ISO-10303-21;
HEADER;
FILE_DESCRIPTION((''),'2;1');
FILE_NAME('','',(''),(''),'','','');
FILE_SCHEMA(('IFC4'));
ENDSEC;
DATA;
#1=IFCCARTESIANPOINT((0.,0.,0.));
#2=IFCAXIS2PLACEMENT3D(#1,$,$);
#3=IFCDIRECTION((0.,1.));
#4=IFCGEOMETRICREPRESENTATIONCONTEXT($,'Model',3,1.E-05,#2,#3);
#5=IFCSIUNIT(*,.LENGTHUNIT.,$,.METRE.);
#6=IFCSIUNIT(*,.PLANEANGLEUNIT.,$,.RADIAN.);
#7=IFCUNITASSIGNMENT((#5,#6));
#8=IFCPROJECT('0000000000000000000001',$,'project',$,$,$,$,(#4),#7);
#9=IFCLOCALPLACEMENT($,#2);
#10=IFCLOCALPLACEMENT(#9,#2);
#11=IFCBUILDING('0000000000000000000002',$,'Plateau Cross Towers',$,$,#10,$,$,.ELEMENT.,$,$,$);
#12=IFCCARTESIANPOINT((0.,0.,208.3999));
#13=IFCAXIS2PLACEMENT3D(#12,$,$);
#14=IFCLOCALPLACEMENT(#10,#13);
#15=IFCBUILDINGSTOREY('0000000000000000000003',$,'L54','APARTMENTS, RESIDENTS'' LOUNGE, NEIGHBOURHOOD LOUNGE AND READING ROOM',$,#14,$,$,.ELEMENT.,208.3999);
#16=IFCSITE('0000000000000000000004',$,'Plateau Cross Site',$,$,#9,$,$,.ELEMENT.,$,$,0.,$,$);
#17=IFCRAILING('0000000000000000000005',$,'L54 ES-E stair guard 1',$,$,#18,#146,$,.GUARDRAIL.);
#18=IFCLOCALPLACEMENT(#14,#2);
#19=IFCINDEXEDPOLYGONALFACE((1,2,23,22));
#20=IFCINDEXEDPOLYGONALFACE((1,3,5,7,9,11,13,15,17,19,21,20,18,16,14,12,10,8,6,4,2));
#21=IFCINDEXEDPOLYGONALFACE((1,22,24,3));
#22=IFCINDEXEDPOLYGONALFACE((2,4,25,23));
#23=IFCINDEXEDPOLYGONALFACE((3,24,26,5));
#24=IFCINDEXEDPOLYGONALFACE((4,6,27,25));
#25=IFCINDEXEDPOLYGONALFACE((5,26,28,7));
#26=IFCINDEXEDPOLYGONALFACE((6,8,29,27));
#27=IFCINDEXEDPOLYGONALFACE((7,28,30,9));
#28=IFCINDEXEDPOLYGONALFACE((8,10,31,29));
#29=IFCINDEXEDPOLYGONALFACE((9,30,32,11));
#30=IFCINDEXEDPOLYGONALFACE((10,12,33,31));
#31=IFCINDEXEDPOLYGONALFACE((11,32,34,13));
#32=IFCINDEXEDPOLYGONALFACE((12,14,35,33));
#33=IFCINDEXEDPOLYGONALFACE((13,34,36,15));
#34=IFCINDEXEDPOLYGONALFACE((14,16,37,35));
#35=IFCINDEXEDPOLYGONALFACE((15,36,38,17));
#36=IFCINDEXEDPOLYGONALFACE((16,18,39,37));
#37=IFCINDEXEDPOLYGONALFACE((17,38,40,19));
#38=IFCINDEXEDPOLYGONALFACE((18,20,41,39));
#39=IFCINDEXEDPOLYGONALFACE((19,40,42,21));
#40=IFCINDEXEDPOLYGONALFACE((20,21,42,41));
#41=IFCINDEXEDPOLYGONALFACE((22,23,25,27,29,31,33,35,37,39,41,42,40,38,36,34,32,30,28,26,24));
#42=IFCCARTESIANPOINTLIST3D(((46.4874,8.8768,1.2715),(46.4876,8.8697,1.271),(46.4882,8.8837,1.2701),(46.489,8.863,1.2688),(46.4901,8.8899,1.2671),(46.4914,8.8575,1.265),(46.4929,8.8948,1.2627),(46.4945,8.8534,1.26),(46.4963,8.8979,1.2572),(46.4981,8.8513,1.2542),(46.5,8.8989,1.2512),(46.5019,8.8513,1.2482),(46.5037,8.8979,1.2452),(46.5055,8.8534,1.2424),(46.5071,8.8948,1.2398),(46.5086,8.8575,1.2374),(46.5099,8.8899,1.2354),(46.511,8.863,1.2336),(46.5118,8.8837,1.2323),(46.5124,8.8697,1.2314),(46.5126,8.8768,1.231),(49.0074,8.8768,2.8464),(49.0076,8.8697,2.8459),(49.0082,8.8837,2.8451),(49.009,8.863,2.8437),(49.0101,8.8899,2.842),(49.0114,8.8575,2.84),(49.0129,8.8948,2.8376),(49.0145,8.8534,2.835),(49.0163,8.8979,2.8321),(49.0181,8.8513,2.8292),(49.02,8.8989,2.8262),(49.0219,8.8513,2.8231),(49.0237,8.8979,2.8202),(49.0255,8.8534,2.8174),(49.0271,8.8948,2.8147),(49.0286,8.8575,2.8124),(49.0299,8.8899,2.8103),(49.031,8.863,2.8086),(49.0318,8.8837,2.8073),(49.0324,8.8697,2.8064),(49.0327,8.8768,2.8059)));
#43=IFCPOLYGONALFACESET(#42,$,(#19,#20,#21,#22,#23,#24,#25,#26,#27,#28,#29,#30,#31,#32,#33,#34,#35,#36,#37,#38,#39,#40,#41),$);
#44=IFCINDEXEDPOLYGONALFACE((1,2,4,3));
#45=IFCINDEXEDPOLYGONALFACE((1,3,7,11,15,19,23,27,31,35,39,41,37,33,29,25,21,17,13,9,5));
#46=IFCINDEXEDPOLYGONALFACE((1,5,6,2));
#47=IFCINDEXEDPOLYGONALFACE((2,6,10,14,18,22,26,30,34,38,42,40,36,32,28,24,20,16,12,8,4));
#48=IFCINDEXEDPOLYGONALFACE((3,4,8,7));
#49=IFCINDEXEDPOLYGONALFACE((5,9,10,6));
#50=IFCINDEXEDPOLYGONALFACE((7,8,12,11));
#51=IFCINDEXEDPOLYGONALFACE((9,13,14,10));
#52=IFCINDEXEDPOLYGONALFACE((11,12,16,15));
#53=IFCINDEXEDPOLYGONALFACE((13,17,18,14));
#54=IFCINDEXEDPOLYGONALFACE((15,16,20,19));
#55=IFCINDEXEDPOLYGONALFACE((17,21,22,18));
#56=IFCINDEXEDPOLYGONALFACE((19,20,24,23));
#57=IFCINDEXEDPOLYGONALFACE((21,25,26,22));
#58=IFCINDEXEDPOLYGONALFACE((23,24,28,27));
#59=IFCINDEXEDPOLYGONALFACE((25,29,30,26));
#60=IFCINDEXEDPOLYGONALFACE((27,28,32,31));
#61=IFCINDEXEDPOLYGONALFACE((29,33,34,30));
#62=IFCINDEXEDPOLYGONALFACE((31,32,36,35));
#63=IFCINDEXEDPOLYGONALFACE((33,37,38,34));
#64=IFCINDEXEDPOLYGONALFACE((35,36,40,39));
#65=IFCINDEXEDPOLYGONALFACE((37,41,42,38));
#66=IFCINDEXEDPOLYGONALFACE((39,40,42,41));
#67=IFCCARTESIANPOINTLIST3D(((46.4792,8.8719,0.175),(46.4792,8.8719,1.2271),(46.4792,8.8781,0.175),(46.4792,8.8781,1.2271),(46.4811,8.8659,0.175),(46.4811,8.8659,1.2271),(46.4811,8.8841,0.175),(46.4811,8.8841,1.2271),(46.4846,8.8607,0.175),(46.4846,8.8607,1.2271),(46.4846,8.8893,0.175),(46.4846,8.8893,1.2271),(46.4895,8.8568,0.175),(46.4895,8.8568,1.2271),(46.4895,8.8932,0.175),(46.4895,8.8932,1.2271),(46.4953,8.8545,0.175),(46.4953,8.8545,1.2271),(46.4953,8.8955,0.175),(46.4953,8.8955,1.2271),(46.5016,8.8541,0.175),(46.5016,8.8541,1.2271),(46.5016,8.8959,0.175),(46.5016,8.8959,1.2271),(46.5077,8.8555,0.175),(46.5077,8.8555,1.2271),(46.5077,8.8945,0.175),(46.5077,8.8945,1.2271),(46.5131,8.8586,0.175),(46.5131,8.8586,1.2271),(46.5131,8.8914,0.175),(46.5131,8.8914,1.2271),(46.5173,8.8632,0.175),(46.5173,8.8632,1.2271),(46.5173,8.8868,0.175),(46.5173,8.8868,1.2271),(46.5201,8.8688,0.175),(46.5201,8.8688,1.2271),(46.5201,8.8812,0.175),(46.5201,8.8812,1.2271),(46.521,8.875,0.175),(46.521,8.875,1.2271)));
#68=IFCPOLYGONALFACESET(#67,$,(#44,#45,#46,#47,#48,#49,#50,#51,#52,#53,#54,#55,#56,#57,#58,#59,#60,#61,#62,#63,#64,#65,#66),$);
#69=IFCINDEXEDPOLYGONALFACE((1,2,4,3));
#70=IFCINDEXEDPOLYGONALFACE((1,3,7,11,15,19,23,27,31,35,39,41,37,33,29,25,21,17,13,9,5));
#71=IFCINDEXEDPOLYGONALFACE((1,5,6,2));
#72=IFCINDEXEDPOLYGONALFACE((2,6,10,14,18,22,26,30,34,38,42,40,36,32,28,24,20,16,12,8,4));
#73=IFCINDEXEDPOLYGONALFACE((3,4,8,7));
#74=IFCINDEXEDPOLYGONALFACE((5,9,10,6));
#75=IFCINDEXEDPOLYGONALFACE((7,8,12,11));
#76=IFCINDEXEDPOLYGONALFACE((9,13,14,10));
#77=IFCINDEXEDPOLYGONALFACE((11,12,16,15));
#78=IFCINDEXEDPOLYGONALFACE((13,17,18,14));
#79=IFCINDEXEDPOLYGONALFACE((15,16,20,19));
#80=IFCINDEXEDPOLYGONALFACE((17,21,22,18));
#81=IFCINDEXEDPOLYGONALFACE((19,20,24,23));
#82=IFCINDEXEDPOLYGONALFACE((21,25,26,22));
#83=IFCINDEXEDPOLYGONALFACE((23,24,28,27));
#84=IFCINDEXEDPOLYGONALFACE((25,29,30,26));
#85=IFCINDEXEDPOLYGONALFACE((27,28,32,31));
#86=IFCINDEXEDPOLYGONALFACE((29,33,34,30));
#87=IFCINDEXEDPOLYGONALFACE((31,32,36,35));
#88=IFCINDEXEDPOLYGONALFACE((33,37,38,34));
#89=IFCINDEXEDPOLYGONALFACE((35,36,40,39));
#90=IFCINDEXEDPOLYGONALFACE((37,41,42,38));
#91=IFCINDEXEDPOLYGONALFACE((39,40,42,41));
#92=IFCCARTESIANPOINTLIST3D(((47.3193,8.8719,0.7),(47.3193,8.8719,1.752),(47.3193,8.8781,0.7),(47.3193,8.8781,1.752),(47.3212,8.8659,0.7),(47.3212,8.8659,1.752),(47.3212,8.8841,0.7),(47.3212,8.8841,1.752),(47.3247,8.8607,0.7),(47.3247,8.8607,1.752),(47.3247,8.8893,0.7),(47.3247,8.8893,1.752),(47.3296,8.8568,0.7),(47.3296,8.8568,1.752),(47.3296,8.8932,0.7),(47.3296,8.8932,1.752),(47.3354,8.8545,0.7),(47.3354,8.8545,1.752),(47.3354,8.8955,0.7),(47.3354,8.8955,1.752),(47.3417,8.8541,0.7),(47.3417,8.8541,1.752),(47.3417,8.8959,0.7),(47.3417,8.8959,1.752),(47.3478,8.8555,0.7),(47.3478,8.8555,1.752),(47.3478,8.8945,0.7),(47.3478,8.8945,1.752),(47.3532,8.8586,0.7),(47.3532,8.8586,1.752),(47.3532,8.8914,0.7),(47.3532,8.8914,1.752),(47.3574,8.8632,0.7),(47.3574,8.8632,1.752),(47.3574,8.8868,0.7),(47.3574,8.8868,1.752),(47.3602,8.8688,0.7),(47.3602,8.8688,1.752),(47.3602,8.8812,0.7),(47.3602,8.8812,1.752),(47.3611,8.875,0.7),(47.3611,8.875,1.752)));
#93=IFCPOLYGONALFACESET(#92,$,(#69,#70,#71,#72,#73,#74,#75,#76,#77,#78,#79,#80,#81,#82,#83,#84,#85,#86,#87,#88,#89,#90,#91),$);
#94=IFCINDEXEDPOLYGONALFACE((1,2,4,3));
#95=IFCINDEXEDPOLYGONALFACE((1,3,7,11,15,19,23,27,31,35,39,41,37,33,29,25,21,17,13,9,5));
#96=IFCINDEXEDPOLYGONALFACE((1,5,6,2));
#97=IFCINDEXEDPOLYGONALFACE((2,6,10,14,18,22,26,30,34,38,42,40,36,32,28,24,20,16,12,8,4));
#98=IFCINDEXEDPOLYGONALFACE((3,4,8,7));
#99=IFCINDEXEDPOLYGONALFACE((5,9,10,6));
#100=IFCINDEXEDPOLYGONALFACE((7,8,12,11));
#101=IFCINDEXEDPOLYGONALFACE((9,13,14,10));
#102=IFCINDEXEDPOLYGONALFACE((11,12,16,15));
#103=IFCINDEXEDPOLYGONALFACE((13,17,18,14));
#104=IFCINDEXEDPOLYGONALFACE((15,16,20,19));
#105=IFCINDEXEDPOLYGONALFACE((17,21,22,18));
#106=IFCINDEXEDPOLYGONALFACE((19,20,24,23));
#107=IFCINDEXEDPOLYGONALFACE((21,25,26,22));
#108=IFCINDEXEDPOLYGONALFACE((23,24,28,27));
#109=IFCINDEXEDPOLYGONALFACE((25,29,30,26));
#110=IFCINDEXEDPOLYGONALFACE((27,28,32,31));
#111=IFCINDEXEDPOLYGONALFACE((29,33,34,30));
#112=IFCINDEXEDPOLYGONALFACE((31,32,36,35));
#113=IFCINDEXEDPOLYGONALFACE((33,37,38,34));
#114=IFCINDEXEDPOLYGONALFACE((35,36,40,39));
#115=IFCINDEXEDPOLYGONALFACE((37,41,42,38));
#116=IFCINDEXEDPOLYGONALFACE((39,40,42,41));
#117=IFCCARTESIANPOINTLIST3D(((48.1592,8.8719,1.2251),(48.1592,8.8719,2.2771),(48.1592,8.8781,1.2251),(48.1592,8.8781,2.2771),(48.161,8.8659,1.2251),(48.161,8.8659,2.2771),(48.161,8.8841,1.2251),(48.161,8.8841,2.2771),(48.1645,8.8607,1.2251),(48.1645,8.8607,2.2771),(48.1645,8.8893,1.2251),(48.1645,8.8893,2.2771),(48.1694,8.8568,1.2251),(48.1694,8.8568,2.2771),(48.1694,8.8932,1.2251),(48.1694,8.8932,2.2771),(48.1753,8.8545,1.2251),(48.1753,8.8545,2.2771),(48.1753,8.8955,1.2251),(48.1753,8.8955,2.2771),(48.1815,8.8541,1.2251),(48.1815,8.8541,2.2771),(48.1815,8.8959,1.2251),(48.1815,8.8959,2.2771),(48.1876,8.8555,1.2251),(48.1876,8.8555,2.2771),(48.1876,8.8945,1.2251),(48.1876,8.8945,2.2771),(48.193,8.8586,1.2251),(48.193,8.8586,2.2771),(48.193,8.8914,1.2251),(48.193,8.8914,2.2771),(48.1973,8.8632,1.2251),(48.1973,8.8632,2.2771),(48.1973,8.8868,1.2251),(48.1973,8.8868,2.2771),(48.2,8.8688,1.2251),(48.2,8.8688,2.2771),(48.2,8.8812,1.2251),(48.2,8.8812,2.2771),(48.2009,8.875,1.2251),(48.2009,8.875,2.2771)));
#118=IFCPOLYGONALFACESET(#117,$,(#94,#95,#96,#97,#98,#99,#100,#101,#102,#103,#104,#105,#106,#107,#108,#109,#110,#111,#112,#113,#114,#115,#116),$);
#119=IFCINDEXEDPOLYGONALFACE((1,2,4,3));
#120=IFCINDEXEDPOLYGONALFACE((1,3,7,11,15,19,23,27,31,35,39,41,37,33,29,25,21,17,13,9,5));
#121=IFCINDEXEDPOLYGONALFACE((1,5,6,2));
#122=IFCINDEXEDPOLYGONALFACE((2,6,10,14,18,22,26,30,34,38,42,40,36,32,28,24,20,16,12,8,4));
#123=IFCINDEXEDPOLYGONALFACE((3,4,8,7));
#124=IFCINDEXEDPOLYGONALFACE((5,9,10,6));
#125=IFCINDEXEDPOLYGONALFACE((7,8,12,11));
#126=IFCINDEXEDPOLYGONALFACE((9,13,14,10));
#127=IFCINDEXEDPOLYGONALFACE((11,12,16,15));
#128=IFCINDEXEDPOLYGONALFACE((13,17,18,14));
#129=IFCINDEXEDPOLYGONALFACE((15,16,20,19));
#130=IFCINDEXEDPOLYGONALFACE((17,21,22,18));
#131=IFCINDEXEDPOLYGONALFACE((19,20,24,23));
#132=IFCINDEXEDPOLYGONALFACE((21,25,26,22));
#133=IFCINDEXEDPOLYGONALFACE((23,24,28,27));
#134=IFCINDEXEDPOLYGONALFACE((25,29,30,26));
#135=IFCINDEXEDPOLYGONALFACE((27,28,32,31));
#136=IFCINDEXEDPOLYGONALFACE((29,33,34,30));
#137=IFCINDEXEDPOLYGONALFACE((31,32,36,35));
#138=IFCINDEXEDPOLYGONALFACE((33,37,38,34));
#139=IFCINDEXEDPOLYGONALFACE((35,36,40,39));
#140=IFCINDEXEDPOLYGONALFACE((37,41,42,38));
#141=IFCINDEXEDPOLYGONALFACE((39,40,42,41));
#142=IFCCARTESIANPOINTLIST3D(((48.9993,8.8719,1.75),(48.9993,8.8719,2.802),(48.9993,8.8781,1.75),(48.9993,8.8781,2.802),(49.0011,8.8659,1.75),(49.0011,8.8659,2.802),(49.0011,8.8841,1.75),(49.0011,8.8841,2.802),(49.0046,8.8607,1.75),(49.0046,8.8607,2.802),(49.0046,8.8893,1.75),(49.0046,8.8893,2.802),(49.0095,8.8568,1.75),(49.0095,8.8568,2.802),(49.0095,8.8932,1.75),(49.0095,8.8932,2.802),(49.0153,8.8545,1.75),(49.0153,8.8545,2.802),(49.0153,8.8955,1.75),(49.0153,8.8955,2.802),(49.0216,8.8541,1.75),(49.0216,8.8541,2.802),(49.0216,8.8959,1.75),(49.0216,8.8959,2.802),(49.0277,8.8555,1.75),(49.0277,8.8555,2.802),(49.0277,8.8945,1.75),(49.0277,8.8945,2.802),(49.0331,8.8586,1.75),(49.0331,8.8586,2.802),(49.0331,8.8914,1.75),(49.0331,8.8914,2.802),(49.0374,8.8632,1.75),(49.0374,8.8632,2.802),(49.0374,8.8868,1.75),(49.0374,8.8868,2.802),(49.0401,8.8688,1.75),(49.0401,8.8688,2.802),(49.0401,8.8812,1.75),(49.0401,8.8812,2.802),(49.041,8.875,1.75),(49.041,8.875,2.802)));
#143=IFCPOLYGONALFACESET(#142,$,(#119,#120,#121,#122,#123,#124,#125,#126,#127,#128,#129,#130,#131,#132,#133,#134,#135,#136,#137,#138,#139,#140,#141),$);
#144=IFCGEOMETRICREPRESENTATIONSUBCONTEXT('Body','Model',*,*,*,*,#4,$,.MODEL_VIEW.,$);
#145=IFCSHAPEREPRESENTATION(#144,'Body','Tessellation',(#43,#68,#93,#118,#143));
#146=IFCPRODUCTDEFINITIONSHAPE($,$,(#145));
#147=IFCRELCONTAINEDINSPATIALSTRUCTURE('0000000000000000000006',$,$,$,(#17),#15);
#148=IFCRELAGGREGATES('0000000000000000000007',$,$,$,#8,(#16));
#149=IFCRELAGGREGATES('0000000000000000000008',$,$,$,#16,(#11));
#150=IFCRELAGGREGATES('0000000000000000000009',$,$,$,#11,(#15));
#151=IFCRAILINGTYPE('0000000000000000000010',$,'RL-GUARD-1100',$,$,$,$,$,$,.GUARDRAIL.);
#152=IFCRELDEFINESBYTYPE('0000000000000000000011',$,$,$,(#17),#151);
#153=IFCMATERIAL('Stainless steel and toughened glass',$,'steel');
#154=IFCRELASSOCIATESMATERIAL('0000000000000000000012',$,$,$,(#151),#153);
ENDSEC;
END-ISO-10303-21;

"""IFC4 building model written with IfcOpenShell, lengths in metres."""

from ifc_helpers import new_model, si_unit, direction, frame, origin, origin_2d, place, context, subcontext, project, spatial, circle, extrude, material, type_object, element, save


model = new_model("IFC4")

# Units and contexts
model_context = context("Model", 3, precision=1e-05, world=origin(), true_north=direction((0.0, 1.0)))
body_context = subcontext(model_context, "Body", "Model", "MODEL_VIEW")
ifc_project = project(units=[si_unit("LENGTHUNIT", "METRE"), si_unit("PLANEANGLEUNIT", "RADIAN")], contexts=[model_context])

# Site, building, storey
site_placement = place(None, origin())
site = spatial("IfcSite", under=ifc_project, at=site_placement, Name="Plateau Cross Site", CompositionType="ELEMENT", RefElevation=0.0)
building_placement = place(site_placement, origin())
building = spatial("IfcBuilding", under=site, at=building_placement, Name="Plateau Cross Towers", CompositionType="ELEMENT")
storey_placement = place(building_placement, frame((0.0, 0.0, 208.3999)))
storey = spatial("IfcBuildingStorey", under=building, at=storey_placement, Name="L54", Description="APARTMENTS, RESIDENTS' LOUNGE, NEIGHBOURHOOD LOUNGE AND READING ROOM", CompositionType="ELEMENT", Elevation=208.3999)

# Railing
ifc_material_1 = material(Name="Stainless steel and toughened glass", Category="steel")
railing_type_1 = type_object("IfcRailingType", Name="RL-GUARD-1100", PredefinedType="GUARDRAIL", material=ifc_material_1)
railing_1_placement = place(storey_placement, frame((46.5, 8.875, 0.175)))
element("IfcRailing", 1, at=railing_1_placement, inside=storey, type_object=railing_type_1, Name="L54 ES-E stair guard 1", PredefinedType="GUARDRAIL", context=body_context, shape_type="SweptSolid", body=[
    extrude(circle(Radius=0.0239, at=origin_2d()), frame((0.0, 0.0, 1.0762), z_axis=(0.848008, 0.0, 0.529984), x_axis=(0.0, 1.0, 0.0)), (0.0, 0.0, 1.0), 2.9717),
    extrude(circle(Radius=0.021, at=origin_2d()), origin(), (0.0, 0.0, 1.0), 1.052),
    extrude(circle(Radius=0.021, at=origin_2d()), frame((0.8401, 0.0, 0.5249)), (0.0, 0.0, 1.0), 1.052),
    extrude(circle(Radius=0.021, at=origin_2d()), frame((1.6799, 0.0, 1.05)), (0.0, 0.0, 1.0), 1.052),
    extrude(circle(Radius=0.021, at=origin_2d()), frame((2.52, 0.0, 1.575)), (0.0, 0.0, 1.0), 1.052),
])

save(model, "model.ifc")
